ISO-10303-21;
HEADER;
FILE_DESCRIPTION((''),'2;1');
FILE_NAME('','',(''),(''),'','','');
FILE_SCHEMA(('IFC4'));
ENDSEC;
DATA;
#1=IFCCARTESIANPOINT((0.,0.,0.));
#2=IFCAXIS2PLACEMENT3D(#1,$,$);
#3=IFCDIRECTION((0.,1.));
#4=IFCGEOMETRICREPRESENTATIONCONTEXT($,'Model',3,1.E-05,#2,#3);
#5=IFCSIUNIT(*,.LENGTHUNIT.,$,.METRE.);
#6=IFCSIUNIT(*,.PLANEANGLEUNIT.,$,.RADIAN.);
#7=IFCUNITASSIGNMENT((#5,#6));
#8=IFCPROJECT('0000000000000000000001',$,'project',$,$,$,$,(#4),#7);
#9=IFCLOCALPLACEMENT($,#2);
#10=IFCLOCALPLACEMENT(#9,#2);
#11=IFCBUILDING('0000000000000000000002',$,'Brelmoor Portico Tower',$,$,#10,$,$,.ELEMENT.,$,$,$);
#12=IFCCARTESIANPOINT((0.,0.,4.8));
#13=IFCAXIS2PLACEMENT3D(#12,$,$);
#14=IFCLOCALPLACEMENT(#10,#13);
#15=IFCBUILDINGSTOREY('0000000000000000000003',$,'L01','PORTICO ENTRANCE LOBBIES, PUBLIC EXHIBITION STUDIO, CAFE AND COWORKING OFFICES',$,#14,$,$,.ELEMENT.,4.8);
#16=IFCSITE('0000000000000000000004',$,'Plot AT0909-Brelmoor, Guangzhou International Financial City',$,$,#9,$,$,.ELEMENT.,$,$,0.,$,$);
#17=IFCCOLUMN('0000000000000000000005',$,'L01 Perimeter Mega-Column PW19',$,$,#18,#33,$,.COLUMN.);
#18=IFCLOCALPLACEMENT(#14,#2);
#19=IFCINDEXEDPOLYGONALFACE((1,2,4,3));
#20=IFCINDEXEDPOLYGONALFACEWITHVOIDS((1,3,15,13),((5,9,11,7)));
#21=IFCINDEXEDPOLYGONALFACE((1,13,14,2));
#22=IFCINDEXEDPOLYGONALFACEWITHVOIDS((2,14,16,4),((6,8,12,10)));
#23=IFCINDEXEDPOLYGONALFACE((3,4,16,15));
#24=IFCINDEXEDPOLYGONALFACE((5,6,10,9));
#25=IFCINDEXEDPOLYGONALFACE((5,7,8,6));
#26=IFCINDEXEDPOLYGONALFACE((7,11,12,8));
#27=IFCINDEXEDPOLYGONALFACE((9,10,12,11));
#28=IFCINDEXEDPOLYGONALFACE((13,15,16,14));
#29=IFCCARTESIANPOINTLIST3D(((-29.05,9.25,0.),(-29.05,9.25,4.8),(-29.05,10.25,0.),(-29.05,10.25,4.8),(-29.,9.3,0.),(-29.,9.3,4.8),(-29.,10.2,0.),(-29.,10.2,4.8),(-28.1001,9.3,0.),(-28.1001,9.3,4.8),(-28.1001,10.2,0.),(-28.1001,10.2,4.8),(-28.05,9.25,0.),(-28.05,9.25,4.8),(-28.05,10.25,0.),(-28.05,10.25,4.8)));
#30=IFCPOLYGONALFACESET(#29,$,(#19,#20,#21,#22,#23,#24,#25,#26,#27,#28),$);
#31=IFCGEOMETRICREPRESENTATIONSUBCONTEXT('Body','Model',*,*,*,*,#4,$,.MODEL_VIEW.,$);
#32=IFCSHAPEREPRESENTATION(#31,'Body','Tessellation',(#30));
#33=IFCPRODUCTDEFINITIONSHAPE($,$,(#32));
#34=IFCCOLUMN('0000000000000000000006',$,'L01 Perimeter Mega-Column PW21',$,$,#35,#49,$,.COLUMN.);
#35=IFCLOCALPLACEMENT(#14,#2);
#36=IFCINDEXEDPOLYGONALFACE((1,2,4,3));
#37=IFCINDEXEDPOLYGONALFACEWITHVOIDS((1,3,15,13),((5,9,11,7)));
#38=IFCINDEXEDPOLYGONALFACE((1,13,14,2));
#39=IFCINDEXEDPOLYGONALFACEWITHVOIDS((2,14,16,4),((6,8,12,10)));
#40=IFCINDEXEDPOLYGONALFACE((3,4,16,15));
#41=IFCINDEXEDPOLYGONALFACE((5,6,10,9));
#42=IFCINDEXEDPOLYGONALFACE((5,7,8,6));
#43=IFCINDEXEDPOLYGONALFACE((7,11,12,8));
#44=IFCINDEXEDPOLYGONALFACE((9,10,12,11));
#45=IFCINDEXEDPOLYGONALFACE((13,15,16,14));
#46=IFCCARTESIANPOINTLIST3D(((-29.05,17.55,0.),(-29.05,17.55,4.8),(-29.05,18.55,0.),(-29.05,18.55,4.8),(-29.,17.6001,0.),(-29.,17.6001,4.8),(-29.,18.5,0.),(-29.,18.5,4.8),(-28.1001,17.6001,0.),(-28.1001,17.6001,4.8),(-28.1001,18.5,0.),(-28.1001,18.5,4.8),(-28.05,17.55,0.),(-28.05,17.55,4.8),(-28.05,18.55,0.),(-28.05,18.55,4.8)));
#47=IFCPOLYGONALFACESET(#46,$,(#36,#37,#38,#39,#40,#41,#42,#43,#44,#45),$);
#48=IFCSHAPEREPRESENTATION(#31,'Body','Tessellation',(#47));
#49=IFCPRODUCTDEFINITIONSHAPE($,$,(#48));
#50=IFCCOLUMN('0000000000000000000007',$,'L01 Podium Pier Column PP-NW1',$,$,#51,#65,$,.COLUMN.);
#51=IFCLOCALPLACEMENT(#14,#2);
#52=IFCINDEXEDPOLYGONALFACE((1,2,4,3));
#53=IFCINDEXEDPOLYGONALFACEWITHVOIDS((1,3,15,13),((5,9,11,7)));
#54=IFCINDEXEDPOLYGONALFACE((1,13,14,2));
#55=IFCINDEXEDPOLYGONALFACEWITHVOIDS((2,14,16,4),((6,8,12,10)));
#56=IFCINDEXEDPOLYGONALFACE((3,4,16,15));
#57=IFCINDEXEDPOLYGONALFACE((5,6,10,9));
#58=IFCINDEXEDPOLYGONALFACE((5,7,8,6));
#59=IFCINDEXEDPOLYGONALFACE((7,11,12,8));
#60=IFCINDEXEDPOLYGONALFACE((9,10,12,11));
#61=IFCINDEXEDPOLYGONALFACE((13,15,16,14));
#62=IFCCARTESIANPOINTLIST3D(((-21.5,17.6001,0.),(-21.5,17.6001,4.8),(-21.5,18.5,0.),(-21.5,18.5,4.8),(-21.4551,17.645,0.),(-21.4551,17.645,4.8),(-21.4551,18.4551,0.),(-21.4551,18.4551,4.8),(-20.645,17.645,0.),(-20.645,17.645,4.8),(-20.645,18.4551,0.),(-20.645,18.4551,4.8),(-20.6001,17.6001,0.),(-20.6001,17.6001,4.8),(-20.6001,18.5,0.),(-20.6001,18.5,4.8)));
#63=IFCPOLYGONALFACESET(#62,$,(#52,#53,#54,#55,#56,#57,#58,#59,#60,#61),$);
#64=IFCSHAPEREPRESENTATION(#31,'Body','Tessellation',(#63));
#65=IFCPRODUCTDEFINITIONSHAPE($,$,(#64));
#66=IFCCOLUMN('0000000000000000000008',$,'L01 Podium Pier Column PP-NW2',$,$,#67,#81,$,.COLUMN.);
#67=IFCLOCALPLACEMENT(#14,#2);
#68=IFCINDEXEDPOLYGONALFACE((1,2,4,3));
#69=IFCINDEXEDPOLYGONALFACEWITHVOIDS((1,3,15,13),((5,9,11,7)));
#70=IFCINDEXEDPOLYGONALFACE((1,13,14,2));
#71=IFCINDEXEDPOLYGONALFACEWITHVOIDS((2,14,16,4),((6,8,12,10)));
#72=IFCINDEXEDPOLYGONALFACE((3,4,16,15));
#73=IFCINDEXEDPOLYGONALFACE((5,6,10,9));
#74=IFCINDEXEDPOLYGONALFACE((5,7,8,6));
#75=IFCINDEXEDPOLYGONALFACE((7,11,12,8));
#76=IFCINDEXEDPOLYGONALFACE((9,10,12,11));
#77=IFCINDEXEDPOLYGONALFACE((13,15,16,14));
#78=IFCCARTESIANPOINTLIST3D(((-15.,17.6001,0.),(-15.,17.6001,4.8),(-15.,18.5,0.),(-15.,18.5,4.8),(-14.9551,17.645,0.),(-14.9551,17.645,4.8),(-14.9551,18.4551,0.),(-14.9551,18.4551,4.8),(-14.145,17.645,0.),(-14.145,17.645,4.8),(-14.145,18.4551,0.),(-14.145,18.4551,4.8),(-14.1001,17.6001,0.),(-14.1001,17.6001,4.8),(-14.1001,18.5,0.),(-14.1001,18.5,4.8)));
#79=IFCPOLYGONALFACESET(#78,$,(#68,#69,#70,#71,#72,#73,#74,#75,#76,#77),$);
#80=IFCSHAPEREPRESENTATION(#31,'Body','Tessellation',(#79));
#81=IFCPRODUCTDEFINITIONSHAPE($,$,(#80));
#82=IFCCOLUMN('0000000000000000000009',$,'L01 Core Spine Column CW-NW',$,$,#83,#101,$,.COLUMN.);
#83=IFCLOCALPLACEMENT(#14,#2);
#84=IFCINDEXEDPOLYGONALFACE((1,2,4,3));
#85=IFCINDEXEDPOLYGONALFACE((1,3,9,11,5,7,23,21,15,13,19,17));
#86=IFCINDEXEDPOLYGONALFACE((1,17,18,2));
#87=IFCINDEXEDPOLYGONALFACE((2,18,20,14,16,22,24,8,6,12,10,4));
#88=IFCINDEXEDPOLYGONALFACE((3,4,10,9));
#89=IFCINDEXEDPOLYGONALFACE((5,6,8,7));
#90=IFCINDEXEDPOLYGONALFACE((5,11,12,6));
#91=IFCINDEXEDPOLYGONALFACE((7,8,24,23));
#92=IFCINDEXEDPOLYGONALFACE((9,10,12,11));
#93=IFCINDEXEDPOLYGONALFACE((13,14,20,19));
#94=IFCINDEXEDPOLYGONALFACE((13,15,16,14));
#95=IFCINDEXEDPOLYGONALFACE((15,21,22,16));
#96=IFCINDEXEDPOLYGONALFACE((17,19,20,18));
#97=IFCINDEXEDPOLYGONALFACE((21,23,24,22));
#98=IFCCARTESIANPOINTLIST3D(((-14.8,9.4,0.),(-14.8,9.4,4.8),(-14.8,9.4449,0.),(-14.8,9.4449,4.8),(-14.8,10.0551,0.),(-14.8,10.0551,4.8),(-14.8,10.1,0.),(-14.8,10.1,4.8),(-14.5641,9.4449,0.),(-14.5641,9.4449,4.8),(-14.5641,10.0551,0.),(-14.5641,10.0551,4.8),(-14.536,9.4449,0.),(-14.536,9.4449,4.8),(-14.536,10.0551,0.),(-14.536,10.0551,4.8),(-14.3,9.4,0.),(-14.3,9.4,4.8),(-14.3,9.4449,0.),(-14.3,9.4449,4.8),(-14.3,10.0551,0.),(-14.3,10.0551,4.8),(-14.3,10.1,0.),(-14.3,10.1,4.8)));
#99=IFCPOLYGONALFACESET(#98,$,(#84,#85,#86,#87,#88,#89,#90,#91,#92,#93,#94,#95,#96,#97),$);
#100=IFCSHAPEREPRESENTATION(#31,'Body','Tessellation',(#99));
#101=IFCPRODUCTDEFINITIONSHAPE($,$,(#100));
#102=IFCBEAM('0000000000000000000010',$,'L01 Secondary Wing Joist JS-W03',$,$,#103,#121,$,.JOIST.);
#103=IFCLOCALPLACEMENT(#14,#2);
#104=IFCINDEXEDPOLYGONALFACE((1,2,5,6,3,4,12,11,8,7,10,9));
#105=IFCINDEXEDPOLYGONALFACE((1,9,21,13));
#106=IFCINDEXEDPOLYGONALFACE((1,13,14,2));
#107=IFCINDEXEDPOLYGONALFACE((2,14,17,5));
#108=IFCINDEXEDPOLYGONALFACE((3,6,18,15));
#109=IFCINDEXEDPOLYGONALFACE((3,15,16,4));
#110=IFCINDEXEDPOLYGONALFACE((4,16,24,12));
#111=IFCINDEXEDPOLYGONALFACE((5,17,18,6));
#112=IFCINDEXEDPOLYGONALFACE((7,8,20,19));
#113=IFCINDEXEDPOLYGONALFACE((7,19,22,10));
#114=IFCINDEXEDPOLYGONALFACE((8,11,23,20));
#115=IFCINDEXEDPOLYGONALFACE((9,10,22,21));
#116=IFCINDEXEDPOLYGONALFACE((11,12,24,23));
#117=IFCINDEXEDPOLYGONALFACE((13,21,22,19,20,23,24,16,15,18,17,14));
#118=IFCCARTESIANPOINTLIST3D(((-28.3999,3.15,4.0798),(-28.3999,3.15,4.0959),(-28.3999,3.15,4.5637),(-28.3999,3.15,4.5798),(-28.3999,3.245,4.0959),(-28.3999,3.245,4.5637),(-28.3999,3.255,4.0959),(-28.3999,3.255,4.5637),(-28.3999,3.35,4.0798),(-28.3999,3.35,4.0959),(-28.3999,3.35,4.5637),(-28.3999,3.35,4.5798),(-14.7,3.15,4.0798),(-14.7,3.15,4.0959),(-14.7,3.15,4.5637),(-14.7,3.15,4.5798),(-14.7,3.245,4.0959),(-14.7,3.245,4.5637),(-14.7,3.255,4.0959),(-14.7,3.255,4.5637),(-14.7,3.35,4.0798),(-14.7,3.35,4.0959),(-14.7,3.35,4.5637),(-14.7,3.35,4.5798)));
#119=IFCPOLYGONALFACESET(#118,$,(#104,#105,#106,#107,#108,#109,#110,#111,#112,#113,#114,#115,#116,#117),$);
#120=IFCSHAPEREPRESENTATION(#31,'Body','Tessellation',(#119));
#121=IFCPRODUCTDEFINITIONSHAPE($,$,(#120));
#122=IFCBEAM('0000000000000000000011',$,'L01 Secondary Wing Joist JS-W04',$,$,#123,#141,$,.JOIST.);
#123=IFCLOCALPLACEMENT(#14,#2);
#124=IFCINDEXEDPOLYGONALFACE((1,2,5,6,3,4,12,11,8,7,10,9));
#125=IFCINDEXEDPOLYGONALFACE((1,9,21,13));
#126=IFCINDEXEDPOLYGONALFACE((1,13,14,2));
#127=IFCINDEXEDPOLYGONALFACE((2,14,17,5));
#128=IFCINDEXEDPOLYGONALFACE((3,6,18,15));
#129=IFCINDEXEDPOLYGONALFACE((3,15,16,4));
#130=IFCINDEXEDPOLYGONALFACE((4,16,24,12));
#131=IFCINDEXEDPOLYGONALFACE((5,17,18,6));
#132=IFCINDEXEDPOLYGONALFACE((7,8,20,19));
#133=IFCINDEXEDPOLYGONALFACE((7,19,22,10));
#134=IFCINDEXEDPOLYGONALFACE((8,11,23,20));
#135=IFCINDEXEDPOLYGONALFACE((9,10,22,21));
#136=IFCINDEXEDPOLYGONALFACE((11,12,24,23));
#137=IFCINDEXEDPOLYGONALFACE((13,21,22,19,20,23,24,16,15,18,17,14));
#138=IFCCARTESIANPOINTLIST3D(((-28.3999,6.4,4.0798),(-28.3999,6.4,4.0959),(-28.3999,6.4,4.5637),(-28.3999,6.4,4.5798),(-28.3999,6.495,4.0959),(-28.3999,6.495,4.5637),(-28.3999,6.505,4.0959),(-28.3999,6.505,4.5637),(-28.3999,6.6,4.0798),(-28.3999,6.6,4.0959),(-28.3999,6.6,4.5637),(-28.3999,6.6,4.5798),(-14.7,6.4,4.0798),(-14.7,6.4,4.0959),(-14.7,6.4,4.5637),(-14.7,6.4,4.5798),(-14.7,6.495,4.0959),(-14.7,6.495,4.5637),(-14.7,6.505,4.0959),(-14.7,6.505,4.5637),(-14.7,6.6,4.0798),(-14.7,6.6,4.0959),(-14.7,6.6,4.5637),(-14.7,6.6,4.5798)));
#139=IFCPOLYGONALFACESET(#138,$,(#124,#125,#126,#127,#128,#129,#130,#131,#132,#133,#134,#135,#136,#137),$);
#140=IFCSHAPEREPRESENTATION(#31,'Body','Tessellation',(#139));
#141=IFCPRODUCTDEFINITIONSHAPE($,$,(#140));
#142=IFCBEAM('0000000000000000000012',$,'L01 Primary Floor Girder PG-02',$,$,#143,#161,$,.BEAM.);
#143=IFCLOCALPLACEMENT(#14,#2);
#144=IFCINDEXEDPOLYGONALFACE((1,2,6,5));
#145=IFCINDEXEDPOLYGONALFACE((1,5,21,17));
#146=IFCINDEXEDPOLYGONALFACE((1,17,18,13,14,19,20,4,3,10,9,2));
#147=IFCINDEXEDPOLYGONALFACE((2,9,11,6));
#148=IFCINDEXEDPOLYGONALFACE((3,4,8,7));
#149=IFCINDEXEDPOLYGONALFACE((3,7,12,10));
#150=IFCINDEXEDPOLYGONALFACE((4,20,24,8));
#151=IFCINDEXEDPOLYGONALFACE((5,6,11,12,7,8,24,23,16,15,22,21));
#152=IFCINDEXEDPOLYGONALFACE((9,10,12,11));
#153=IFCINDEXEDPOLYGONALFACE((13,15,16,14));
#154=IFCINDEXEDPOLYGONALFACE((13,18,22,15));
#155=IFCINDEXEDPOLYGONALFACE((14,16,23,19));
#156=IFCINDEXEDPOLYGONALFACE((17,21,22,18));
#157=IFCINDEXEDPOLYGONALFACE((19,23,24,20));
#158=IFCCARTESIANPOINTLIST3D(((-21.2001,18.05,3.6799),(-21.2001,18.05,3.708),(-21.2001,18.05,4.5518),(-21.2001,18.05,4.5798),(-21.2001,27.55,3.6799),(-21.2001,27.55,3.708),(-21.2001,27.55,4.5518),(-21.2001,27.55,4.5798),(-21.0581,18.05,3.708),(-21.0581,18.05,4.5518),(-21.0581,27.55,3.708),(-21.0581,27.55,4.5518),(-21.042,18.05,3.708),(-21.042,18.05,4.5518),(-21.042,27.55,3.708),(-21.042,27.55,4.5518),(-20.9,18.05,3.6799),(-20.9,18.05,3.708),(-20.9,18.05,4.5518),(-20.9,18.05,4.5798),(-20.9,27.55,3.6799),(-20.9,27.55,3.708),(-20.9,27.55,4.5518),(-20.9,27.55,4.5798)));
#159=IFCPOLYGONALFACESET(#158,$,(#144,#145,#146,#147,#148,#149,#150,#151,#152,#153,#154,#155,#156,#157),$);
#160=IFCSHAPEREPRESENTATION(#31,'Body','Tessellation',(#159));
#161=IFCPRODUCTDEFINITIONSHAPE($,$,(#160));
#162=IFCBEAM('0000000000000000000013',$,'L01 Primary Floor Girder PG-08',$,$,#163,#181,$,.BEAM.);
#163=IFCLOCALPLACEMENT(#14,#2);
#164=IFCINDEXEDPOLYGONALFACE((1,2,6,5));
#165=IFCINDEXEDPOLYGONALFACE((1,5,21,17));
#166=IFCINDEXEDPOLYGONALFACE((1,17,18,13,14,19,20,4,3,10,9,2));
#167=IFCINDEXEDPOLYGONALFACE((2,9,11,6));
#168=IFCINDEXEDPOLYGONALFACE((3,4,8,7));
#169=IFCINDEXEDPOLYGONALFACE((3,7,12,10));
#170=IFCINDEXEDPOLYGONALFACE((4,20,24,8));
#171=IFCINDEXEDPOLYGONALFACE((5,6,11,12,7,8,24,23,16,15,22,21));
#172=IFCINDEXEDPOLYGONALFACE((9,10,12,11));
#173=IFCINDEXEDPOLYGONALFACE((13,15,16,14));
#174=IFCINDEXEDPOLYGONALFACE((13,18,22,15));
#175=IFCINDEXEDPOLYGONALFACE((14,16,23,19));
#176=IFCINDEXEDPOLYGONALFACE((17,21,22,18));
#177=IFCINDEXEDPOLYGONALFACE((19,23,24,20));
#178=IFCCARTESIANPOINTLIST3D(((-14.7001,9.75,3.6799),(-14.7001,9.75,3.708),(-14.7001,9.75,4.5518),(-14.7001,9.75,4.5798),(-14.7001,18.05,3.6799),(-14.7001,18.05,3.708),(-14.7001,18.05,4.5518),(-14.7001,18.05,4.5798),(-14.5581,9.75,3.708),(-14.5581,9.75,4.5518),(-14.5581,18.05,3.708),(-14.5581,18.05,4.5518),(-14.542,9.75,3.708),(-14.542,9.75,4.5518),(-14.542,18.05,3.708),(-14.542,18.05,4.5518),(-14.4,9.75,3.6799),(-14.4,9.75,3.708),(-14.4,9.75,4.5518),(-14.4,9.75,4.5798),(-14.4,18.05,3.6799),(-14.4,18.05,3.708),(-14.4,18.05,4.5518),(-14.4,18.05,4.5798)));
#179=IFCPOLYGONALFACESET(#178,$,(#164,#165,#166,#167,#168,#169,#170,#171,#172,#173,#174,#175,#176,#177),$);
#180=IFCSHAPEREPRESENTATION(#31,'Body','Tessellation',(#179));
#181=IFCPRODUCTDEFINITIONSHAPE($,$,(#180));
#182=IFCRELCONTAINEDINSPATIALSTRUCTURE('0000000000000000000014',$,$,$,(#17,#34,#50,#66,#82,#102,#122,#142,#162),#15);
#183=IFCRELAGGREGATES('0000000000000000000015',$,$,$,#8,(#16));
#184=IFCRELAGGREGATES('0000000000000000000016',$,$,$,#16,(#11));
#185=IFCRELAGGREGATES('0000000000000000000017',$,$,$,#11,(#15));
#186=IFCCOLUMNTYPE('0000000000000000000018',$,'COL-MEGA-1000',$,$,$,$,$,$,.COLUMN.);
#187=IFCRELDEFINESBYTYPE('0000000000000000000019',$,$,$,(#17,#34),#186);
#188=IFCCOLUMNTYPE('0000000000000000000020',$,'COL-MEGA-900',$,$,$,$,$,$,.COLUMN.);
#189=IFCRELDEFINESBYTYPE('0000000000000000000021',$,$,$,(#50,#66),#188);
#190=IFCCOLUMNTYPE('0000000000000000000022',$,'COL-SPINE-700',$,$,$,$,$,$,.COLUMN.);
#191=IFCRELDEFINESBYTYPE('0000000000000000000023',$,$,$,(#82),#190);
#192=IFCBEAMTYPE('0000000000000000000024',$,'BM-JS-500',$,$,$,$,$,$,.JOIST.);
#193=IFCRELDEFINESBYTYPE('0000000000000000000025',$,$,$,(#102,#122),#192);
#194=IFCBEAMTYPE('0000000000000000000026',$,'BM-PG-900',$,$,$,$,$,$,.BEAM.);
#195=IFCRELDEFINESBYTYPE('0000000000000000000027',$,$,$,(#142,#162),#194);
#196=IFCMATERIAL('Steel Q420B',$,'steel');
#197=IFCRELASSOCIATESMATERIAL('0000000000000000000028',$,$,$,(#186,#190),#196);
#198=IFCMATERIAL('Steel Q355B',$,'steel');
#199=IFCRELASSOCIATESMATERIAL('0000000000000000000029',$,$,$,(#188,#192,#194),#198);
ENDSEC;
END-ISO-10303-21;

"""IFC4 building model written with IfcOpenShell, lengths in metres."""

from ifc_helpers import new_model, si_unit, direction, frame, origin, origin_2d, place, context, subcontext, project, spatial, hollow_rectangle, i_section, extrude, material, material_profile, profile_set, type_object, element, save


model = new_model("IFC4")

# Units and contexts
model_context = context("Model", 3, precision=1e-05, world=origin(), true_north=direction((0.0, 1.0)))
body_context = subcontext(model_context, "Body", "Model", "MODEL_VIEW")
ifc_project = project(units=[si_unit("LENGTHUNIT", "METRE"), si_unit("PLANEANGLEUNIT", "RADIAN")], contexts=[model_context])

# Site, building, storey
site_placement = place(None, origin())
site = spatial("IfcSite", under=ifc_project, at=site_placement, Name="Plot AT0909-Brelmoor, Guangzhou International Financial City", CompositionType="ELEMENT", RefElevation=0.0)
building_placement = place(site_placement, origin())
building = spatial("IfcBuilding", under=site, at=building_placement, Name="Brelmoor Portico Tower", CompositionType="ELEMENT")
storey_placement = place(building_placement, frame((0.0, 0.0, 4.8)))
storey = spatial("IfcBuildingStorey", under=building, at=storey_placement, Name="L01", Description="PORTICO ENTRANCE LOBBIES, PUBLIC EXHIBITION STUDIO, CAFE AND COWORKING OFFICES", CompositionType="ELEMENT", Elevation=4.8)

# Columns
ifc_material_1 = material(Name="Steel Q420B", Category="steel")
ifc_material_profile_1 = material_profile(ifc_material_1, hollow_rectangle(XDim=1.0, YDim=1.0, WallThickness=0.05, at=origin_2d()), Name="BOX 1000x1000x50")
ifc_profile_set_1 = profile_set([ifc_material_profile_1], Name="Steel Q420B")
column_type_1 = type_object("IfcColumnType", Name="COL-MEGA-1000", PredefinedType="COLUMN", material=ifc_profile_set_1)
for number, where, z_axis, x_axis, name in (
    (1, (-28.55, 9.75, 0.0), (0.0, 0.0, 1.0), (0.0, 1.0, 0.0), "L01 Perimeter Mega-Column PW19"),
    (2, (-28.55, 18.05, 0.0), (0.0, 0.0, 1.0), (0.0, 1.0, 0.0), "L01 Perimeter Mega-Column PW21"),
):
    element("IfcColumn", number, at=place(storey_placement, frame(where, z_axis=z_axis, x_axis=x_axis)), inside=storey, type_object=column_type_1, Name=name, PredefinedType="COLUMN", context=body_context, shape_type="SweptSolid", body=[
        extrude(hollow_rectangle(XDim=1.0, YDim=1.0, WallThickness=0.05, at=origin_2d()), origin(), (0.0, 0.0, 1.0), 4.8),
    ])
ifc_material_2 = material(Name="Steel Q355B", Category="steel")
ifc_material_profile_2 = material_profile(ifc_material_2, hollow_rectangle(XDim=0.8999, YDim=0.8999, WallThickness=0.0449, at=origin_2d()), Name="BOX 900x900x45")
ifc_profile_set_2 = profile_set([ifc_material_profile_2], Name="Steel Q355B")
column_type_2 = type_object("IfcColumnType", Name="COL-MEGA-900", PredefinedType="COLUMN", material=ifc_profile_set_2)
for number, where, z_axis, x_axis, name in (
    (3, (-21.05, 18.05, 0.0), (0.0, 0.0, 1.0), (1.0, 0.0, 0.0), "L01 Podium Pier Column PP-NW1"),
    (4, (-14.55, 18.05, 0.0), (0.0, 0.0, 1.0), (1.0, 0.0, 0.0), "L01 Podium Pier Column PP-NW2"),
):
    element("IfcColumn", number, at=place(storey_placement, frame(where, z_axis=z_axis, x_axis=x_axis)), inside=storey, type_object=column_type_2, Name=name, PredefinedType="COLUMN", context=body_context, shape_type="SweptSolid", body=[
        extrude(hollow_rectangle(XDim=0.8999, YDim=0.8999, WallThickness=0.0449, at=origin_2d()), origin(), (0.0, 0.0, 1.0), 4.8),
    ])
ifc_material_profile_3 = material_profile(ifc_material_1, i_section(OverallWidth=0.5, OverallDepth=0.7, WebThickness=0.0281, FlangeThickness=0.0449, at=origin_2d()), Name="HW 700x500x28x45")
ifc_profile_set_3 = profile_set([ifc_material_profile_3], Name="Steel Q420B")
column_type_3 = type_object("IfcColumnType", Name="COL-SPINE-700", PredefinedType="COLUMN", material=ifc_profile_set_3)
column_placement = place(storey_placement, frame((-14.55, 9.75, 0.0), z_axis=(0.0, 0.0, 1.0), x_axis=(1.0, 0.0, 0.0)))
element("IfcColumn", 5, at=column_placement, inside=storey, type_object=column_type_3, Name="L01 Core Spine Column CW-NW", PredefinedType="COLUMN", context=body_context, shape_type="SweptSolid", body=[
    extrude(i_section(OverallWidth=0.5, OverallDepth=0.7, WebThickness=0.0281, FlangeThickness=0.0449, at=origin_2d()), origin(), (0.0, 0.0, 1.0), 4.8),
])

# Beams
ifc_material_profile_4 = material_profile(ifc_material_2, i_section(OverallWidth=0.2, OverallDepth=0.5, WebThickness=0.01, FlangeThickness=0.0161, at=origin_2d()), Name="HN 500x200x10x16")
ifc_profile_set_4 = profile_set([ifc_material_profile_4], Name="Steel Q355B")
beam_type_1 = type_object("IfcBeamType", Name="BM-JS-500", PredefinedType="JOIST", material=ifc_profile_set_4)
for number, where, z_axis, x_axis, name in (
    (6, (-28.3999, 3.25, 4.3298), (1.0, 0.0, 0.0), (0.0, 1.0, 0.0), "L01 Secondary Wing Joist JS-W03"),
    (7, (-28.3999, 6.5, 4.3298), (1.0, 0.0, 0.0), (0.0, 1.0, 0.0), "L01 Secondary Wing Joist JS-W04"),
):
    element("IfcBeam", number, at=place(storey_placement, frame(where, z_axis=z_axis, x_axis=x_axis)), inside=storey, type_object=beam_type_1, Name=name, PredefinedType="JOIST", context=body_context, shape_type="SweptSolid", body=[
        extrude(i_section(OverallWidth=0.2, OverallDepth=0.5, WebThickness=0.01, FlangeThickness=0.0161, at=origin_2d()), origin(), (0.0, 0.0, 1.0), 13.7),
    ])
ifc_material_profile_5 = material_profile(ifc_material_2, i_section(OverallWidth=0.3, OverallDepth=0.8999, WebThickness=0.0161, FlangeThickness=0.0281, at=origin_2d()), Name="HN 900x300x16x28")
ifc_profile_set_5 = profile_set([ifc_material_profile_5], Name="Steel Q355B")
beam_type_2 = type_object("IfcBeamType", Name="BM-PG-900", PredefinedType="BEAM", material=ifc_profile_set_5)
beam_1_placement = place(storey_placement, frame((-21.05, 18.05, 4.1299), z_axis=(0.0, 1.0, 0.0), x_axis=(-1.0, 0.0, 0.0)))
element("IfcBeam", 8, at=beam_1_placement, inside=storey, type_object=beam_type_2, Name="L01 Primary Floor Girder PG-02", PredefinedType="BEAM", context=body_context, shape_type="SweptSolid", body=[
    extrude(i_section(OverallWidth=0.3, OverallDepth=0.8999, WebThickness=0.0161, FlangeThickness=0.0281, at=origin_2d()), origin(), (0.0, 0.0, 1.0), 9.5),
])
beam_2_placement = place(storey_placement, frame((-14.55, 9.75, 4.1299), z_axis=(0.0, 1.0, 0.0), x_axis=(-1.0, 0.0, 0.0)))
element("IfcBeam", 9, at=beam_2_placement, inside=storey, type_object=beam_type_2, Name="L01 Primary Floor Girder PG-08", PredefinedType="BEAM", context=body_context, shape_type="SweptSolid", body=[
    extrude(i_section(OverallWidth=0.3, OverallDepth=0.8999, WebThickness=0.0161, FlangeThickness=0.0281, at=origin_2d()), origin(), (0.0, 0.0, 1.0), 8.3),
])

save(model, "model.ifc")
